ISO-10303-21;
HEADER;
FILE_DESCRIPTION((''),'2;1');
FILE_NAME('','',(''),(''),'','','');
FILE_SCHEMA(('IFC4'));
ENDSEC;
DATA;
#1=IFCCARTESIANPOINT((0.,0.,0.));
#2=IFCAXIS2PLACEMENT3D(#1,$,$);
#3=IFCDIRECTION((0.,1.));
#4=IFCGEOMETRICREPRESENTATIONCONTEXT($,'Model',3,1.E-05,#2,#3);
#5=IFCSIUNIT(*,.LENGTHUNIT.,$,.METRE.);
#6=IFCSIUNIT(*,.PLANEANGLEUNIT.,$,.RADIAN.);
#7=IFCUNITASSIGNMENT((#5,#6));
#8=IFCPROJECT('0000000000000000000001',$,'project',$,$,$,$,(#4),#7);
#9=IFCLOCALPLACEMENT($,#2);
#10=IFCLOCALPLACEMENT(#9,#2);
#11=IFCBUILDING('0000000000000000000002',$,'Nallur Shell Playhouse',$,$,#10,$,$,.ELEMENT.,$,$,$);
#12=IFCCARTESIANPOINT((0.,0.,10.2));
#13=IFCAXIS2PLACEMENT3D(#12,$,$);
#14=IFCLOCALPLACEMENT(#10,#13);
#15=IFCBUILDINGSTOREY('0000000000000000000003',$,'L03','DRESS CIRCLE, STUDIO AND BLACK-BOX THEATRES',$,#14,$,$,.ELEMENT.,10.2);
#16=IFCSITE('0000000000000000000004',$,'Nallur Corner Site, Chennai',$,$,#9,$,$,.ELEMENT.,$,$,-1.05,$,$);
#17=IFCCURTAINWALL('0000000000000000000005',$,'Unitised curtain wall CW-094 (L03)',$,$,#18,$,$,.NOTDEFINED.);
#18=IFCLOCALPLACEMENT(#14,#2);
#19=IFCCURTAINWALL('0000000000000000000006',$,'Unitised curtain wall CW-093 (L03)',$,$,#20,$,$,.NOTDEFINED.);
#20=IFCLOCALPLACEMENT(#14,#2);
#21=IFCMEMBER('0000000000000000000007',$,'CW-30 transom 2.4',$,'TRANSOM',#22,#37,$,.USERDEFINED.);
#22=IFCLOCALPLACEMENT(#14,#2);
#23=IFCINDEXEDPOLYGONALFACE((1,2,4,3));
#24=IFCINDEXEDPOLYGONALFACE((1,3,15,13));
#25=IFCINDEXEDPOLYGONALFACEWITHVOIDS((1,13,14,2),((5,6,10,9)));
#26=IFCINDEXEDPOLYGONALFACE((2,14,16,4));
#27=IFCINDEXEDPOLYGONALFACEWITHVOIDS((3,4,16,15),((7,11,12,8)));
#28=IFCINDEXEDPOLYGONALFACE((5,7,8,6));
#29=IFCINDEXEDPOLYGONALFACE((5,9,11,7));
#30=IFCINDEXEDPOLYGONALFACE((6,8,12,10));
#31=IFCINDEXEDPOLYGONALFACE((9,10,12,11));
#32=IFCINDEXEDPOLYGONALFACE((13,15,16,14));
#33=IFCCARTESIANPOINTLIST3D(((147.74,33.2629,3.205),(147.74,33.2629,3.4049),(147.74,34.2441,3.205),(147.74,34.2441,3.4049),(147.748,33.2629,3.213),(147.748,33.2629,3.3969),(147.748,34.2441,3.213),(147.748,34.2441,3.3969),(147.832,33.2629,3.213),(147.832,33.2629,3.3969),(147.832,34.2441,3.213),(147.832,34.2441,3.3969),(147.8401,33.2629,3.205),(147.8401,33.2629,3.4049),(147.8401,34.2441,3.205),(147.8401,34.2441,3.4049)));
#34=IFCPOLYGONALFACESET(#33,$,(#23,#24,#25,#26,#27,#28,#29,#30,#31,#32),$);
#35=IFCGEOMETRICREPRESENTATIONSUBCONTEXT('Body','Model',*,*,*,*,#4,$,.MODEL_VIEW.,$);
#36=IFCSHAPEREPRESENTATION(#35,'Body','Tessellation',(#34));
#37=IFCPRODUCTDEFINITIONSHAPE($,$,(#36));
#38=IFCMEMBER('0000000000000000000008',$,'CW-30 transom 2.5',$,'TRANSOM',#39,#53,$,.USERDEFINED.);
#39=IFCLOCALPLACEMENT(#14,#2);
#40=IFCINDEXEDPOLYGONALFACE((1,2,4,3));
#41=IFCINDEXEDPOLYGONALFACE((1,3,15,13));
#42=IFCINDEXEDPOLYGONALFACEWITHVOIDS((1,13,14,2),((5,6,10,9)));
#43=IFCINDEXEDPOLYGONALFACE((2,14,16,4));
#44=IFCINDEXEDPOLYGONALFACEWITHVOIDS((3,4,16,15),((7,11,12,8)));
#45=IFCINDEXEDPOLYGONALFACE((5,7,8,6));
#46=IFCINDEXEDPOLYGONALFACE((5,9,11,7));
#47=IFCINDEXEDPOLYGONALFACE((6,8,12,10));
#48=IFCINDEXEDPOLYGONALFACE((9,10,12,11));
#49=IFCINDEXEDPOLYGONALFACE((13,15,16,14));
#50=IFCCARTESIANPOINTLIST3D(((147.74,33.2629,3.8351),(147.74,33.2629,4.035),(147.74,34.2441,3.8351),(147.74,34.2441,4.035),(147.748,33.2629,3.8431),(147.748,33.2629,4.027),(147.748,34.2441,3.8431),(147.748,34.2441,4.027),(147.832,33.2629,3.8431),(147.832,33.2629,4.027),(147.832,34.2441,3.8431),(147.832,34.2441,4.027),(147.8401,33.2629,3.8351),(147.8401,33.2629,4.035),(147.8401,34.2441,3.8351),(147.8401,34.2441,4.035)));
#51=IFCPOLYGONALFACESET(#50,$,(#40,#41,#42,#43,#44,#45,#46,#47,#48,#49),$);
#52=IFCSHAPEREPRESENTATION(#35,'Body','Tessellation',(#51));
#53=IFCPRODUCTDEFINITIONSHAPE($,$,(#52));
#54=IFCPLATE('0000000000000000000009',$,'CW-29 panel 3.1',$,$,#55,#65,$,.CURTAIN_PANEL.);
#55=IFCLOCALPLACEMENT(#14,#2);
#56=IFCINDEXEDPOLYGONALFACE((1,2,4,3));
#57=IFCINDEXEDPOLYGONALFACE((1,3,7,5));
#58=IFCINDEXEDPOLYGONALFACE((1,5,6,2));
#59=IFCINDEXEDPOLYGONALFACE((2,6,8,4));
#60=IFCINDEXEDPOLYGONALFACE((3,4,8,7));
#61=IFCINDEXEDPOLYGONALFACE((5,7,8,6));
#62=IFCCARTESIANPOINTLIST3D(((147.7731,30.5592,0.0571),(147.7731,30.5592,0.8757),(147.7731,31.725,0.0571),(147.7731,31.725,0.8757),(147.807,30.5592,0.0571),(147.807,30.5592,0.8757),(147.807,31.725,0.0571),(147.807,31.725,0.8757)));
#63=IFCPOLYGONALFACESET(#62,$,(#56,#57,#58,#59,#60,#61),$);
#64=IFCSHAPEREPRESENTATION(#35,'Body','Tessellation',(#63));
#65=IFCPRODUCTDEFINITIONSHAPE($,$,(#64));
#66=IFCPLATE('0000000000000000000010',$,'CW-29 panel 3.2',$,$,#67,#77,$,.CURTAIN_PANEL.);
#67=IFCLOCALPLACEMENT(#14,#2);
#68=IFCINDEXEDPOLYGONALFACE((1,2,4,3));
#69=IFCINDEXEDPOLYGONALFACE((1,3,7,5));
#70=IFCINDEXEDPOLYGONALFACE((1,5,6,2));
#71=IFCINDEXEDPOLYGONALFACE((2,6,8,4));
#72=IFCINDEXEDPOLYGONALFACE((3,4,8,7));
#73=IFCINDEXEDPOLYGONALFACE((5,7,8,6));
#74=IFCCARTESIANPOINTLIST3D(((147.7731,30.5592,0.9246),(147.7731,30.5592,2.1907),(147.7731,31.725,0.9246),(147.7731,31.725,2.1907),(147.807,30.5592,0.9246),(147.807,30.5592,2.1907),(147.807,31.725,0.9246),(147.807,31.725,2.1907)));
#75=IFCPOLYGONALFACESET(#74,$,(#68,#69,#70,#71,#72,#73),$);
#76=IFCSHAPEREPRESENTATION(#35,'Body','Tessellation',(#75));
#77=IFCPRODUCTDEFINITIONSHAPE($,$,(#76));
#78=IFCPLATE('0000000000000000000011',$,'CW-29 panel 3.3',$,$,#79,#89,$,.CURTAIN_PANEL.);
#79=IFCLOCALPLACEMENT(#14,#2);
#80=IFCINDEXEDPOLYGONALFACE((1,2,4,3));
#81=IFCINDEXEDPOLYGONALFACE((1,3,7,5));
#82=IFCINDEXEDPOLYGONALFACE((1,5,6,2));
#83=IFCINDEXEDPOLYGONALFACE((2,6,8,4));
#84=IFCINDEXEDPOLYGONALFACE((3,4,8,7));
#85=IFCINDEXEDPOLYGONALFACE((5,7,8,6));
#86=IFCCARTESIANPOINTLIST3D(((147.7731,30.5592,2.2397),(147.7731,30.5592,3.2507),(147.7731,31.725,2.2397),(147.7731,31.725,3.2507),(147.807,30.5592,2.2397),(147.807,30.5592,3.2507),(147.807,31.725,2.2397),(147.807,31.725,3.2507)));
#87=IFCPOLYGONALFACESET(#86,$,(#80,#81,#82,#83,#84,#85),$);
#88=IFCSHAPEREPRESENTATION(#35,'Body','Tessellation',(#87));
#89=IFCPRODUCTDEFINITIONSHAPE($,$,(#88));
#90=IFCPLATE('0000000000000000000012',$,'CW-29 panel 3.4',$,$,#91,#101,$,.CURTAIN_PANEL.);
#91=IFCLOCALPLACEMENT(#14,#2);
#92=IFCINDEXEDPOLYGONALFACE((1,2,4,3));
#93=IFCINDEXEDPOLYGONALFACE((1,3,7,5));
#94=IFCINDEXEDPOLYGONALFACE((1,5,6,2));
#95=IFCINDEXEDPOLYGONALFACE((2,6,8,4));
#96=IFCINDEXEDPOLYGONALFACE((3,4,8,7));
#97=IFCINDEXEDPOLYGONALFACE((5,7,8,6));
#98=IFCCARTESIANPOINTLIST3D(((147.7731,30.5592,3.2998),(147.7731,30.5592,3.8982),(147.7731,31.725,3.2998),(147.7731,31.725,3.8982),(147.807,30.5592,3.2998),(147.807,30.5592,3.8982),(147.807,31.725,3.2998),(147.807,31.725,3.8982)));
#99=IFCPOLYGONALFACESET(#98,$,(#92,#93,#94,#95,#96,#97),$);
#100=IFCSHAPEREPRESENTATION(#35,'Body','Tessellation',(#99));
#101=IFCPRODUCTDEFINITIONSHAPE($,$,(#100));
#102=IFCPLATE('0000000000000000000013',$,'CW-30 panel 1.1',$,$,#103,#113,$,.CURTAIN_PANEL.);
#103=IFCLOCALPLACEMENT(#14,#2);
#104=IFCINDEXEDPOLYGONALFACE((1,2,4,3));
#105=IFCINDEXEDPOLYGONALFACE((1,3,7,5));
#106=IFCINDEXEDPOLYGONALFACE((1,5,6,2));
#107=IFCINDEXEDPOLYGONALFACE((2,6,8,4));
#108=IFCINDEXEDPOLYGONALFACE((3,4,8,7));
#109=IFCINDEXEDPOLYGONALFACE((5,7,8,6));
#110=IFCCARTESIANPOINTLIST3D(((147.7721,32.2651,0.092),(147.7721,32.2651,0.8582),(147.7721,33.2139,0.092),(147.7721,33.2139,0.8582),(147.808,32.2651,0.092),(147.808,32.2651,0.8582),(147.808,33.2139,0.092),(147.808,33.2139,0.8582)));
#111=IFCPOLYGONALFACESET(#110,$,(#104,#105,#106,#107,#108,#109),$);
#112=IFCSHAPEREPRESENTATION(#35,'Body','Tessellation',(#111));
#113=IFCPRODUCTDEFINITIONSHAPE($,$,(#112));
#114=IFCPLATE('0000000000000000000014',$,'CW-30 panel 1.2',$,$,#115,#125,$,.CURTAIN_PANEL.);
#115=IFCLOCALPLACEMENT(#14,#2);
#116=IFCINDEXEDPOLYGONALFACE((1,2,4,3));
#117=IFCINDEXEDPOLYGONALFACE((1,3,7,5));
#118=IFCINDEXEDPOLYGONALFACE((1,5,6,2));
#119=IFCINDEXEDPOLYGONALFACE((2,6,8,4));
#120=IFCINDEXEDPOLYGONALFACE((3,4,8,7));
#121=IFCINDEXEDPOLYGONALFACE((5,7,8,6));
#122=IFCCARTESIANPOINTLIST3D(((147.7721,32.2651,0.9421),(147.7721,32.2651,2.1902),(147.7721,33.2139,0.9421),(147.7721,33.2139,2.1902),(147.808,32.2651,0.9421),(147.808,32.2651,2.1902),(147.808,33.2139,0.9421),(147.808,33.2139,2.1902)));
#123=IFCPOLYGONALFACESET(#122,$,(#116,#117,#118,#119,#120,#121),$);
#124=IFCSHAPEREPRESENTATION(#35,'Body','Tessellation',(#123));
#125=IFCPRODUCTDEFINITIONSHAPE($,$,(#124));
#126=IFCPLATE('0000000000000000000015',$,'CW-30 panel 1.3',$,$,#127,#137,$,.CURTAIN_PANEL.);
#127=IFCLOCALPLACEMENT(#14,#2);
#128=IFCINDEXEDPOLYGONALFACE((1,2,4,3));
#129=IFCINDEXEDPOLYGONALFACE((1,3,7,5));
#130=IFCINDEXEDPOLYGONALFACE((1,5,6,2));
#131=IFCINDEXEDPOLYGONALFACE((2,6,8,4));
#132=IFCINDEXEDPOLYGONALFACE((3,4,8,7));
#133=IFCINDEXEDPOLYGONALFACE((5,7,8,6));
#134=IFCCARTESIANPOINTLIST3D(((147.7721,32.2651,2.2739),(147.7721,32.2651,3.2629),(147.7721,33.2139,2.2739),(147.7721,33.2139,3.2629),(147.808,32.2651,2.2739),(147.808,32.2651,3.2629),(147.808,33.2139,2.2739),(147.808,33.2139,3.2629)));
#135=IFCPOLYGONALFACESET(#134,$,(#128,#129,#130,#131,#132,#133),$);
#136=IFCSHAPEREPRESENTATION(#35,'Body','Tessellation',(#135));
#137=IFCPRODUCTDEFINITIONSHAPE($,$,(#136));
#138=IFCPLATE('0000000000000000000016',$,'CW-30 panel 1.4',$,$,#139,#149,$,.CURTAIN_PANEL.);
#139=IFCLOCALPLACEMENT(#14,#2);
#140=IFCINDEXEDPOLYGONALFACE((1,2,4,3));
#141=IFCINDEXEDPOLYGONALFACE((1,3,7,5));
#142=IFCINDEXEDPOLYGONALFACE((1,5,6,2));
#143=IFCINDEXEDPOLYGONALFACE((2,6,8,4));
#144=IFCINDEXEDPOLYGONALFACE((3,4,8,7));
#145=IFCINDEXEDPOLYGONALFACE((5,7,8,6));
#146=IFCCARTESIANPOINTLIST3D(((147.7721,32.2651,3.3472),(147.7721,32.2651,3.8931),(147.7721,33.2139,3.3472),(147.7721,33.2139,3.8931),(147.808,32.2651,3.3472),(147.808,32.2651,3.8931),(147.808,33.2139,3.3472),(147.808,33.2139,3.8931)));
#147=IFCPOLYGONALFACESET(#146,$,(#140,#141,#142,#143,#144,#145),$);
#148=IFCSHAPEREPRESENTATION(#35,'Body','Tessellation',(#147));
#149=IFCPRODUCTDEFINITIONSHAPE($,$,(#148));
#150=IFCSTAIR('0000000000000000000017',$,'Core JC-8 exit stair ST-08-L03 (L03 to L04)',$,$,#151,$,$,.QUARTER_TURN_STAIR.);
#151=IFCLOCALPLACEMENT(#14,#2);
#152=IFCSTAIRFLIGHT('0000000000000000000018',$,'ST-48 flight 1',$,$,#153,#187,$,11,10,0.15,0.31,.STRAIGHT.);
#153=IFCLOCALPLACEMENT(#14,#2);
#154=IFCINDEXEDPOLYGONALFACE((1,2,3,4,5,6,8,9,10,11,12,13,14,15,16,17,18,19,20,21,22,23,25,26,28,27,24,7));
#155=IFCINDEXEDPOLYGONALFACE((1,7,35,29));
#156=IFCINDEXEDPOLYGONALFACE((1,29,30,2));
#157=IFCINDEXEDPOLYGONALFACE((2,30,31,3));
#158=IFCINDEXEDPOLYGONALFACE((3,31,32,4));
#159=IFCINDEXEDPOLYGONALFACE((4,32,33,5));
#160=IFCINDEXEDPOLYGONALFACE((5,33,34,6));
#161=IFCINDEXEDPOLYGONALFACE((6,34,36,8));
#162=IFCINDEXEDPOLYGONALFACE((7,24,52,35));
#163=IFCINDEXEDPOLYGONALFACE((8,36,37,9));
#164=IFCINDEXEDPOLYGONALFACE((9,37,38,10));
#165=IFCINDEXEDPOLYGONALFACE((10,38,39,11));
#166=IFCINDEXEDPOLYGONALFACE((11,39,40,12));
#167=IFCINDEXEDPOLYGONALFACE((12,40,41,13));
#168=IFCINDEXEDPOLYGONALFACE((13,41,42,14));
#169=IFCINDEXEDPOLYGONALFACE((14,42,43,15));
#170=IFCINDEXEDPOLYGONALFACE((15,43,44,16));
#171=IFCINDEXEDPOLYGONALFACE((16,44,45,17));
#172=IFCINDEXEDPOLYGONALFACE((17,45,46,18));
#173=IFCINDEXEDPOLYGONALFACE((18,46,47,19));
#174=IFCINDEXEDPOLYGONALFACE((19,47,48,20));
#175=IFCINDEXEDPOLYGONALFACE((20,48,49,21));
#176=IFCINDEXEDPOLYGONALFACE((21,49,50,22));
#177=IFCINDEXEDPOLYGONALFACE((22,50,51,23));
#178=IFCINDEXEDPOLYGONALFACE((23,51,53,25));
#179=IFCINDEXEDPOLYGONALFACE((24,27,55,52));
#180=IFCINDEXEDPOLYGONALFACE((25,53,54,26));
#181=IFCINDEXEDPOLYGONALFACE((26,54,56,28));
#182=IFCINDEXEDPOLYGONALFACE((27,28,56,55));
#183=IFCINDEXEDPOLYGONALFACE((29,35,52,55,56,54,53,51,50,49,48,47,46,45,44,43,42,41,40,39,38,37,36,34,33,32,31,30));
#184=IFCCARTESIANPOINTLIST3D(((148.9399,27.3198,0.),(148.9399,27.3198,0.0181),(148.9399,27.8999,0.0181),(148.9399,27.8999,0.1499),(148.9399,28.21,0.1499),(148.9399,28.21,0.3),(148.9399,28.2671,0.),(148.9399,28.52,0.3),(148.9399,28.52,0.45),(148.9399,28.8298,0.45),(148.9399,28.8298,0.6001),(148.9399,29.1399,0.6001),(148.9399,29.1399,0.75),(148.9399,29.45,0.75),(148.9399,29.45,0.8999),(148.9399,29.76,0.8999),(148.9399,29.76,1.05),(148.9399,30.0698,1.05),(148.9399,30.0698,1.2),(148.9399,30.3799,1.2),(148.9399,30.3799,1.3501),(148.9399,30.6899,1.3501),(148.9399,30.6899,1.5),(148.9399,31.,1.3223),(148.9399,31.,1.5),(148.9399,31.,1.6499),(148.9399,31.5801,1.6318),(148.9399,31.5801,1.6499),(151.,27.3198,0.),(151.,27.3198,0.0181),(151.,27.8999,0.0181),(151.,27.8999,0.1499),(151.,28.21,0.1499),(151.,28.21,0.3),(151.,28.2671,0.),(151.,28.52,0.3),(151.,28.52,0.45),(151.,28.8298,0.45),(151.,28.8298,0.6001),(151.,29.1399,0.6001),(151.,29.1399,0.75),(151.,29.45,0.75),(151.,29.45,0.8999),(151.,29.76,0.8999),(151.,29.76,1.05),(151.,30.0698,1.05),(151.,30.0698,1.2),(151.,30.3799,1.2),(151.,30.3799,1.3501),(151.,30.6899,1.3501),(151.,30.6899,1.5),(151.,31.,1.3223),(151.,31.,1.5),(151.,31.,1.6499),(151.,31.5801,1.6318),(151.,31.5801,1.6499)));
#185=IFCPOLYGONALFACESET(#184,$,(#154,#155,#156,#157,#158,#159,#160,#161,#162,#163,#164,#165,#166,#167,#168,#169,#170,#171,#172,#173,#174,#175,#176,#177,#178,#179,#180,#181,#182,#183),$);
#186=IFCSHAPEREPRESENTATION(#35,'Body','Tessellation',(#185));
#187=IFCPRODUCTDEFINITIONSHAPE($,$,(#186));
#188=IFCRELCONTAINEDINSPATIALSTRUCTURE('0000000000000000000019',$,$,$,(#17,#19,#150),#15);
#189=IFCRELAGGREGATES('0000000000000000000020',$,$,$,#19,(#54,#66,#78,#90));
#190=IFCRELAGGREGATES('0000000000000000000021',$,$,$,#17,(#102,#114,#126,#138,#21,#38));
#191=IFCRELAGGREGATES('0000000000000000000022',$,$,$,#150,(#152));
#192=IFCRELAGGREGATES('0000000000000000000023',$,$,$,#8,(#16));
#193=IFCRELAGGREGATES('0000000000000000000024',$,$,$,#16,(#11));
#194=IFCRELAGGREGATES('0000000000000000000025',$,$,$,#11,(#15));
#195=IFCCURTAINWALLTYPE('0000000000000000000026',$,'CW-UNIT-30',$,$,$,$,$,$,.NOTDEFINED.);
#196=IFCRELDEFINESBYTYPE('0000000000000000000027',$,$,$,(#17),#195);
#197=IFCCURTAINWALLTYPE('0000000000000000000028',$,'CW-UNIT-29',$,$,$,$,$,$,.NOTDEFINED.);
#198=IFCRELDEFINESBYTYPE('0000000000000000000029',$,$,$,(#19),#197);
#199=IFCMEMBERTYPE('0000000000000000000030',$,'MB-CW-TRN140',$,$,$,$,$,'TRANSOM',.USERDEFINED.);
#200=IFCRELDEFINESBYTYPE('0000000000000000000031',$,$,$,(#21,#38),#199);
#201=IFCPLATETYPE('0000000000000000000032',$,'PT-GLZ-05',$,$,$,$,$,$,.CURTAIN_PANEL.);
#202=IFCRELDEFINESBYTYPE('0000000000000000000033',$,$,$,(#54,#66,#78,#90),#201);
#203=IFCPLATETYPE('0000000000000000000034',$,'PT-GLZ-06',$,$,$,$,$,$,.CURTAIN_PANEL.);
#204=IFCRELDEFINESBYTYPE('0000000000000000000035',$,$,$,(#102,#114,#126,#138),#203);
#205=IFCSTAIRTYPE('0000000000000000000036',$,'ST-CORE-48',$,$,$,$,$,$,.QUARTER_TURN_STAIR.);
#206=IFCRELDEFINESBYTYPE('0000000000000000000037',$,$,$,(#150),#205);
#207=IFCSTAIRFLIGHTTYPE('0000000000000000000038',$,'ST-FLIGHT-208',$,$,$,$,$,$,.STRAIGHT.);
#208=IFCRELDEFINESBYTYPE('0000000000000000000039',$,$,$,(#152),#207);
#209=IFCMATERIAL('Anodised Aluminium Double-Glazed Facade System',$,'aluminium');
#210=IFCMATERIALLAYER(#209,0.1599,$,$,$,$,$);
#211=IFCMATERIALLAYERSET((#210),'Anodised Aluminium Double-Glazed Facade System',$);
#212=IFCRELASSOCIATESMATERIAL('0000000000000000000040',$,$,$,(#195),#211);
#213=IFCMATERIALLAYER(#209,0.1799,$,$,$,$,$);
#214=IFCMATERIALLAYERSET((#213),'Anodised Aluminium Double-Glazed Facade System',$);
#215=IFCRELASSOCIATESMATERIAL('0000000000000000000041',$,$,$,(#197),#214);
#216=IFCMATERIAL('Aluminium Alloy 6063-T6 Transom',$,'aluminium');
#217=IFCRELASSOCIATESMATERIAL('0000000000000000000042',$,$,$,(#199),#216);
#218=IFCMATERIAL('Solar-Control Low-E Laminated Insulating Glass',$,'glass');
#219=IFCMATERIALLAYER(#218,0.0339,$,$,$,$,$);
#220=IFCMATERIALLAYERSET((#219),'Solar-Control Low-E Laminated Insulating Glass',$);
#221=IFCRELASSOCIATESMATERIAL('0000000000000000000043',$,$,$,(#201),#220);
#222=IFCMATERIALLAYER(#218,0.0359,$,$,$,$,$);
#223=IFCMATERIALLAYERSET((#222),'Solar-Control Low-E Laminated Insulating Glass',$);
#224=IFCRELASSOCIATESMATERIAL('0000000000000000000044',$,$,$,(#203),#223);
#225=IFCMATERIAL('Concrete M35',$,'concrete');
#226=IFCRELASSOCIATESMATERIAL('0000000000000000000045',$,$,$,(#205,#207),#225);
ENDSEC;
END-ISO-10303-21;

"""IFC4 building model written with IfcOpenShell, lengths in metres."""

from ifc_helpers import new_model, si_unit, direction, frame, origin, origin_2d, place, context, subcontext, project, spatial, polyline, rectangle, hollow_rectangle, outline, extrude, material, layer, layer_set, material_profile, profile_set, type_object, element, aggregate, save


model = new_model("IFC4")

# Units and contexts
model_context = context("Model", 3, precision=1e-05, world=origin(), true_north=direction((0.0, 1.0)))
body_context = subcontext(model_context, "Body", "Model", "MODEL_VIEW")
ifc_project = project(units=[si_unit("LENGTHUNIT", "METRE"), si_unit("PLANEANGLEUNIT", "RADIAN")], contexts=[model_context])

# Site, building, storey
site_placement = place(None, origin())
site = spatial("IfcSite", under=ifc_project, at=site_placement, Name="Nallur Corner Site, Chennai", CompositionType="ELEMENT", RefElevation=-1.05)
building_placement = place(site_placement, origin())
building = spatial("IfcBuilding", under=site, at=building_placement, Name="Nallur Shell Playhouse", CompositionType="ELEMENT")
storey_placement = place(building_placement, frame((0.0, 0.0, 10.2)))
storey = spatial("IfcBuildingStorey", under=building, at=storey_placement, Name="L03", Description="DRESS CIRCLE, STUDIO AND BLACK-BOX THEATRES", CompositionType="ELEMENT", Elevation=10.2)

# Shared definitions
ifc_material_1 = material(Name="Concrete M35", Category="concrete")

# Curtain walls
ifc_material_2 = material(Name="Anodised Aluminium Double-Glazed Facade System", Category="aluminium")
ifc_layer_1 = layer(ifc_material_2, 0.1599)
ifc_layer_set_1 = layer_set([ifc_layer_1], Name="Anodised Aluminium Double-Glazed Facade System")
curtain_wall_type_1 = type_object("IfcCurtainWallType", Name="CW-UNIT-30", PredefinedType="NOTDEFINED", material=ifc_layer_set_1)
curtain_wall_1_placement = place(storey_placement, origin())
curtain_wall_1 = element("IfcCurtainWall", 1, at=curtain_wall_1_placement, inside=storey, type_object=curtain_wall_type_1, Name="Unitised curtain wall CW-094 (L03)", PredefinedType="NOTDEFINED")
ifc_layer_2 = layer(ifc_material_2, 0.1799)
ifc_layer_set_2 = layer_set([ifc_layer_2], Name="Anodised Aluminium Double-Glazed Facade System")
curtain_wall_type_2 = type_object("IfcCurtainWallType", Name="CW-UNIT-29", PredefinedType="NOTDEFINED", material=ifc_layer_set_2)
curtain_wall_2_placement = place(storey_placement, origin())
curtain_wall_2 = element("IfcCurtainWall", 2, at=curtain_wall_2_placement, inside=storey, type_object=curtain_wall_type_2, Name="Unitised curtain wall CW-093 (L03)", PredefinedType="NOTDEFINED")
ifc_material_3 = material(Name="Aluminium Alloy 6063-T6 Transom", Category="aluminium")

# Members
ifc_material_profile_1 = material_profile(ifc_material_3, hollow_rectangle(XDim=0.1001, YDim=0.2, WallThickness=0.0081, at=origin_2d()), Name="RHS 200x100x8")
ifc_profile_set_1 = profile_set([ifc_material_profile_1], Name="Aluminium Alloy 6063-T6 Transom")
member_type_1 = type_object("IfcMemberType", Name="MB-CW-TRN140", ElementType="TRANSOM", PredefinedType="USERDEFINED", material=ifc_profile_set_1)
member_1_placement = place(storey_placement, frame((147.79, 33.2629, 3.3049), z_axis=(0.0, 1.0, 0.0), x_axis=(-1.0, 0.0, 0.0)))
member_1 = element("IfcMember", 3, at=member_1_placement, type_object=member_type_1, Name="CW-30 transom 2.4", ObjectType="TRANSOM", PredefinedType="USERDEFINED", context=body_context, shape_type="SweptSolid", body=[
    extrude(hollow_rectangle(XDim=0.1001, YDim=0.2, WallThickness=0.0081, at=origin_2d()), origin(), (0.0, 0.0, 1.0), 0.9812),
])
member_2_placement = place(storey_placement, frame((147.79, 33.2629, 3.9351), z_axis=(0.0, 1.0, 0.0), x_axis=(-1.0, 0.0, 0.0)))
member_2 = element("IfcMember", 4, at=member_2_placement, type_object=member_type_1, Name="CW-30 transom 2.5", ObjectType="TRANSOM", PredefinedType="USERDEFINED", context=body_context, shape_type="SweptSolid", body=[
    extrude(hollow_rectangle(XDim=0.1001, YDim=0.2, WallThickness=0.0081, at=origin_2d()), origin(), (0.0, 0.0, 1.0), 0.9812),
])

# Plates
ifc_material_4 = material(Name="Solar-Control Low-E Laminated Insulating Glass", Category="glass")
ifc_layer_3 = layer(ifc_material_4, 0.0339)
ifc_layer_set_3 = layer_set([ifc_layer_3], Name="Solar-Control Low-E Laminated Insulating Glass")
plate_type_1 = type_object("IfcPlateType", Name="PT-GLZ-05", PredefinedType="CURTAIN_PANEL", material=ifc_layer_set_3)
plate_1_placement = place(storey_placement, frame((147.79, 31.1421, 0.0571), z_axis=(0.0, 0.0, 1.0), x_axis=(0.0, 1.0, 0.0)))
plate_1 = element("IfcPlate", 5, at=plate_1_placement, type_object=plate_type_1, Name="CW-29 panel 3.1", PredefinedType="CURTAIN_PANEL", context=body_context, shape_type="SweptSolid", body=[
    extrude(rectangle(XDim=1.1658, YDim=0.0339, at=origin_2d()), origin(), (0.0, 0.0, 1.0), 0.8186),
])
plate_2_placement = place(storey_placement, frame((147.79, 31.1421, 0.9246), z_axis=(0.0, 0.0, 1.0), x_axis=(0.0, 1.0, 0.0)))
plate_2 = element("IfcPlate", 6, at=plate_2_placement, type_object=plate_type_1, Name="CW-29 panel 3.2", PredefinedType="CURTAIN_PANEL", context=body_context, shape_type="SweptSolid", body=[
    extrude(rectangle(XDim=1.1658, YDim=0.0339, at=origin_2d()), origin(), (0.0, 0.0, 1.0), 1.2661),
])
plate_3_placement = place(storey_placement, frame((147.79, 31.1421, 2.2397), z_axis=(0.0, 0.0, 1.0), x_axis=(0.0, 1.0, 0.0)))
plate_3 = element("IfcPlate", 7, at=plate_3_placement, type_object=plate_type_1, Name="CW-29 panel 3.3", PredefinedType="CURTAIN_PANEL", context=body_context, shape_type="SweptSolid", body=[
    extrude(rectangle(XDim=1.1658, YDim=0.0339, at=origin_2d()), origin(), (0.0, 0.0, 1.0), 1.011),
])
plate_4_placement = place(storey_placement, frame((147.79, 31.1421, 3.2998), z_axis=(0.0, 0.0, 1.0), x_axis=(0.0, 1.0, 0.0)))
plate_4 = element("IfcPlate", 8, at=plate_4_placement, type_object=plate_type_1, Name="CW-29 panel 3.4", PredefinedType="CURTAIN_PANEL", context=body_context, shape_type="SweptSolid", body=[
    extrude(rectangle(XDim=1.1658, YDim=0.0339, at=origin_2d()), origin(), (0.0, 0.0, 1.0), 0.5984),
])
aggregate(curtain_wall_2, [plate_1, plate_2, plate_3, plate_4])
ifc_layer_4 = layer(ifc_material_4, 0.0359)
ifc_layer_set_4 = layer_set([ifc_layer_4], Name="Solar-Control Low-E Laminated Insulating Glass")
plate_type_2 = type_object("IfcPlateType", Name="PT-GLZ-06", PredefinedType="CURTAIN_PANEL", material=ifc_layer_set_4)
plate_5_placement = place(storey_placement, frame((147.79, 32.7395, 0.092), z_axis=(0.0, 0.0, 1.0), x_axis=(0.0, 1.0, 0.0)))
plate_5 = element("IfcPlate", 9, at=plate_5_placement, type_object=plate_type_2, Name="CW-30 panel 1.1", PredefinedType="CURTAIN_PANEL", context=body_context, shape_type="SweptSolid", body=[
    extrude(rectangle(XDim=0.9487, YDim=0.0359, at=origin_2d()), origin(), (0.0, 0.0, 1.0), 0.7661),
])
plate_6_placement = place(storey_placement, frame((147.79, 32.7395, 0.9421), z_axis=(0.0, 0.0, 1.0), x_axis=(0.0, 1.0, 0.0)))
plate_6 = element("IfcPlate", 10, at=plate_6_placement, type_object=plate_type_2, Name="CW-30 panel 1.2", PredefinedType="CURTAIN_PANEL", context=body_context, shape_type="SweptSolid", body=[
    extrude(rectangle(XDim=0.9487, YDim=0.0359, at=origin_2d()), origin(), (0.0, 0.0, 1.0), 1.248),
])
plate_7_placement = place(storey_placement, frame((147.79, 32.7395, 2.2739), z_axis=(0.0, 0.0, 1.0), x_axis=(0.0, 1.0, 0.0)))
plate_7 = element("IfcPlate", 11, at=plate_7_placement, type_object=plate_type_2, Name="CW-30 panel 1.3", PredefinedType="CURTAIN_PANEL", context=body_context, shape_type="SweptSolid", body=[
    extrude(rectangle(XDim=0.9487, YDim=0.0359, at=origin_2d()), origin(), (0.0, 0.0, 1.0), 0.989),
])
plate_8_placement = place(storey_placement, frame((147.79, 32.7395, 3.3472), z_axis=(0.0, 0.0, 1.0), x_axis=(0.0, 1.0, 0.0)))
plate_8 = element("IfcPlate", 12, at=plate_8_placement, type_object=plate_type_2, Name="CW-30 panel 1.4", PredefinedType="CURTAIN_PANEL", context=body_context, shape_type="SweptSolid", body=[
    extrude(rectangle(XDim=0.9487, YDim=0.0359, at=origin_2d()), origin(), (0.0, 0.0, 1.0), 0.5459),
])
aggregate(curtain_wall_1, [plate_5, plate_6, plate_7, plate_8, member_1, member_2])

# Stair, stair flight
stair_type = type_object("IfcStairType", Name="ST-CORE-48", PredefinedType="QUARTER_TURN_STAIR", material=ifc_material_1)
stair_placement = place(storey_placement, origin())
stair = element("IfcStair", 13, at=stair_placement, inside=storey, type_object=stair_type, Name="Core JC-8 exit stair ST-08-L03 (L03 to L04)", PredefinedType="QUARTER_TURN_STAIR")
stair_flight_type = type_object("IfcStairFlightType", Name="ST-FLIGHT-208", PredefinedType="STRAIGHT", material=ifc_material_1)
stair_flight_1_placement = place(storey_placement, frame((149.97, 27.8999, 0.0), z_axis=(0.0, 0.0, 1.0), x_axis=(0.0, 1.0, 0.0)))
stair_flight_1 = element("IfcStairFlight", 14, at=stair_flight_1_placement, type_object=stair_flight_type, Name="ST-48 flight 1", NumberOfRisers=11, NumberOfTreads=10, PredefinedType="STRAIGHT", RiserHeight=0.15, TreadLength=0.31, context=body_context, shape_type="SweptSolid", body=[
    extrude(outline(polyline([(-0.5801, 0.0), (-0.5801, 0.0181), (0.0, 0.0181), (0.0, 0.1499), (0.3101, 0.1499), (0.3101, 0.3), (0.6201, 0.3), (0.6201, 0.45), (0.9299, 0.45), (0.9299, 0.6001), (1.24, 0.6001), (1.24, 0.75), (1.55, 0.75), (1.55, 0.8999), (1.8601, 0.8999), (1.8601, 1.05), (2.1699, 1.05), (2.1699, 1.2), (2.48, 1.2), (2.48, 1.3501), (2.79, 1.3501), (2.79, 1.5), (3.1001, 1.5), (3.1001, 1.6499), (3.6802, 1.6499), (3.6802, 1.6318), (3.1001, 1.3223), (0.3672, 0.0), (-0.5801, 0.0)])), frame((0.0, 1.03, 0.0), z_axis=(0.0, -1.0, 0.0), x_axis=(1.0, 0.0, 0.0)), (0.0, 0.0, 1.0), 2.0601),
])
aggregate(stair, [stair_flight_1])

save(model, "model.ifc")
